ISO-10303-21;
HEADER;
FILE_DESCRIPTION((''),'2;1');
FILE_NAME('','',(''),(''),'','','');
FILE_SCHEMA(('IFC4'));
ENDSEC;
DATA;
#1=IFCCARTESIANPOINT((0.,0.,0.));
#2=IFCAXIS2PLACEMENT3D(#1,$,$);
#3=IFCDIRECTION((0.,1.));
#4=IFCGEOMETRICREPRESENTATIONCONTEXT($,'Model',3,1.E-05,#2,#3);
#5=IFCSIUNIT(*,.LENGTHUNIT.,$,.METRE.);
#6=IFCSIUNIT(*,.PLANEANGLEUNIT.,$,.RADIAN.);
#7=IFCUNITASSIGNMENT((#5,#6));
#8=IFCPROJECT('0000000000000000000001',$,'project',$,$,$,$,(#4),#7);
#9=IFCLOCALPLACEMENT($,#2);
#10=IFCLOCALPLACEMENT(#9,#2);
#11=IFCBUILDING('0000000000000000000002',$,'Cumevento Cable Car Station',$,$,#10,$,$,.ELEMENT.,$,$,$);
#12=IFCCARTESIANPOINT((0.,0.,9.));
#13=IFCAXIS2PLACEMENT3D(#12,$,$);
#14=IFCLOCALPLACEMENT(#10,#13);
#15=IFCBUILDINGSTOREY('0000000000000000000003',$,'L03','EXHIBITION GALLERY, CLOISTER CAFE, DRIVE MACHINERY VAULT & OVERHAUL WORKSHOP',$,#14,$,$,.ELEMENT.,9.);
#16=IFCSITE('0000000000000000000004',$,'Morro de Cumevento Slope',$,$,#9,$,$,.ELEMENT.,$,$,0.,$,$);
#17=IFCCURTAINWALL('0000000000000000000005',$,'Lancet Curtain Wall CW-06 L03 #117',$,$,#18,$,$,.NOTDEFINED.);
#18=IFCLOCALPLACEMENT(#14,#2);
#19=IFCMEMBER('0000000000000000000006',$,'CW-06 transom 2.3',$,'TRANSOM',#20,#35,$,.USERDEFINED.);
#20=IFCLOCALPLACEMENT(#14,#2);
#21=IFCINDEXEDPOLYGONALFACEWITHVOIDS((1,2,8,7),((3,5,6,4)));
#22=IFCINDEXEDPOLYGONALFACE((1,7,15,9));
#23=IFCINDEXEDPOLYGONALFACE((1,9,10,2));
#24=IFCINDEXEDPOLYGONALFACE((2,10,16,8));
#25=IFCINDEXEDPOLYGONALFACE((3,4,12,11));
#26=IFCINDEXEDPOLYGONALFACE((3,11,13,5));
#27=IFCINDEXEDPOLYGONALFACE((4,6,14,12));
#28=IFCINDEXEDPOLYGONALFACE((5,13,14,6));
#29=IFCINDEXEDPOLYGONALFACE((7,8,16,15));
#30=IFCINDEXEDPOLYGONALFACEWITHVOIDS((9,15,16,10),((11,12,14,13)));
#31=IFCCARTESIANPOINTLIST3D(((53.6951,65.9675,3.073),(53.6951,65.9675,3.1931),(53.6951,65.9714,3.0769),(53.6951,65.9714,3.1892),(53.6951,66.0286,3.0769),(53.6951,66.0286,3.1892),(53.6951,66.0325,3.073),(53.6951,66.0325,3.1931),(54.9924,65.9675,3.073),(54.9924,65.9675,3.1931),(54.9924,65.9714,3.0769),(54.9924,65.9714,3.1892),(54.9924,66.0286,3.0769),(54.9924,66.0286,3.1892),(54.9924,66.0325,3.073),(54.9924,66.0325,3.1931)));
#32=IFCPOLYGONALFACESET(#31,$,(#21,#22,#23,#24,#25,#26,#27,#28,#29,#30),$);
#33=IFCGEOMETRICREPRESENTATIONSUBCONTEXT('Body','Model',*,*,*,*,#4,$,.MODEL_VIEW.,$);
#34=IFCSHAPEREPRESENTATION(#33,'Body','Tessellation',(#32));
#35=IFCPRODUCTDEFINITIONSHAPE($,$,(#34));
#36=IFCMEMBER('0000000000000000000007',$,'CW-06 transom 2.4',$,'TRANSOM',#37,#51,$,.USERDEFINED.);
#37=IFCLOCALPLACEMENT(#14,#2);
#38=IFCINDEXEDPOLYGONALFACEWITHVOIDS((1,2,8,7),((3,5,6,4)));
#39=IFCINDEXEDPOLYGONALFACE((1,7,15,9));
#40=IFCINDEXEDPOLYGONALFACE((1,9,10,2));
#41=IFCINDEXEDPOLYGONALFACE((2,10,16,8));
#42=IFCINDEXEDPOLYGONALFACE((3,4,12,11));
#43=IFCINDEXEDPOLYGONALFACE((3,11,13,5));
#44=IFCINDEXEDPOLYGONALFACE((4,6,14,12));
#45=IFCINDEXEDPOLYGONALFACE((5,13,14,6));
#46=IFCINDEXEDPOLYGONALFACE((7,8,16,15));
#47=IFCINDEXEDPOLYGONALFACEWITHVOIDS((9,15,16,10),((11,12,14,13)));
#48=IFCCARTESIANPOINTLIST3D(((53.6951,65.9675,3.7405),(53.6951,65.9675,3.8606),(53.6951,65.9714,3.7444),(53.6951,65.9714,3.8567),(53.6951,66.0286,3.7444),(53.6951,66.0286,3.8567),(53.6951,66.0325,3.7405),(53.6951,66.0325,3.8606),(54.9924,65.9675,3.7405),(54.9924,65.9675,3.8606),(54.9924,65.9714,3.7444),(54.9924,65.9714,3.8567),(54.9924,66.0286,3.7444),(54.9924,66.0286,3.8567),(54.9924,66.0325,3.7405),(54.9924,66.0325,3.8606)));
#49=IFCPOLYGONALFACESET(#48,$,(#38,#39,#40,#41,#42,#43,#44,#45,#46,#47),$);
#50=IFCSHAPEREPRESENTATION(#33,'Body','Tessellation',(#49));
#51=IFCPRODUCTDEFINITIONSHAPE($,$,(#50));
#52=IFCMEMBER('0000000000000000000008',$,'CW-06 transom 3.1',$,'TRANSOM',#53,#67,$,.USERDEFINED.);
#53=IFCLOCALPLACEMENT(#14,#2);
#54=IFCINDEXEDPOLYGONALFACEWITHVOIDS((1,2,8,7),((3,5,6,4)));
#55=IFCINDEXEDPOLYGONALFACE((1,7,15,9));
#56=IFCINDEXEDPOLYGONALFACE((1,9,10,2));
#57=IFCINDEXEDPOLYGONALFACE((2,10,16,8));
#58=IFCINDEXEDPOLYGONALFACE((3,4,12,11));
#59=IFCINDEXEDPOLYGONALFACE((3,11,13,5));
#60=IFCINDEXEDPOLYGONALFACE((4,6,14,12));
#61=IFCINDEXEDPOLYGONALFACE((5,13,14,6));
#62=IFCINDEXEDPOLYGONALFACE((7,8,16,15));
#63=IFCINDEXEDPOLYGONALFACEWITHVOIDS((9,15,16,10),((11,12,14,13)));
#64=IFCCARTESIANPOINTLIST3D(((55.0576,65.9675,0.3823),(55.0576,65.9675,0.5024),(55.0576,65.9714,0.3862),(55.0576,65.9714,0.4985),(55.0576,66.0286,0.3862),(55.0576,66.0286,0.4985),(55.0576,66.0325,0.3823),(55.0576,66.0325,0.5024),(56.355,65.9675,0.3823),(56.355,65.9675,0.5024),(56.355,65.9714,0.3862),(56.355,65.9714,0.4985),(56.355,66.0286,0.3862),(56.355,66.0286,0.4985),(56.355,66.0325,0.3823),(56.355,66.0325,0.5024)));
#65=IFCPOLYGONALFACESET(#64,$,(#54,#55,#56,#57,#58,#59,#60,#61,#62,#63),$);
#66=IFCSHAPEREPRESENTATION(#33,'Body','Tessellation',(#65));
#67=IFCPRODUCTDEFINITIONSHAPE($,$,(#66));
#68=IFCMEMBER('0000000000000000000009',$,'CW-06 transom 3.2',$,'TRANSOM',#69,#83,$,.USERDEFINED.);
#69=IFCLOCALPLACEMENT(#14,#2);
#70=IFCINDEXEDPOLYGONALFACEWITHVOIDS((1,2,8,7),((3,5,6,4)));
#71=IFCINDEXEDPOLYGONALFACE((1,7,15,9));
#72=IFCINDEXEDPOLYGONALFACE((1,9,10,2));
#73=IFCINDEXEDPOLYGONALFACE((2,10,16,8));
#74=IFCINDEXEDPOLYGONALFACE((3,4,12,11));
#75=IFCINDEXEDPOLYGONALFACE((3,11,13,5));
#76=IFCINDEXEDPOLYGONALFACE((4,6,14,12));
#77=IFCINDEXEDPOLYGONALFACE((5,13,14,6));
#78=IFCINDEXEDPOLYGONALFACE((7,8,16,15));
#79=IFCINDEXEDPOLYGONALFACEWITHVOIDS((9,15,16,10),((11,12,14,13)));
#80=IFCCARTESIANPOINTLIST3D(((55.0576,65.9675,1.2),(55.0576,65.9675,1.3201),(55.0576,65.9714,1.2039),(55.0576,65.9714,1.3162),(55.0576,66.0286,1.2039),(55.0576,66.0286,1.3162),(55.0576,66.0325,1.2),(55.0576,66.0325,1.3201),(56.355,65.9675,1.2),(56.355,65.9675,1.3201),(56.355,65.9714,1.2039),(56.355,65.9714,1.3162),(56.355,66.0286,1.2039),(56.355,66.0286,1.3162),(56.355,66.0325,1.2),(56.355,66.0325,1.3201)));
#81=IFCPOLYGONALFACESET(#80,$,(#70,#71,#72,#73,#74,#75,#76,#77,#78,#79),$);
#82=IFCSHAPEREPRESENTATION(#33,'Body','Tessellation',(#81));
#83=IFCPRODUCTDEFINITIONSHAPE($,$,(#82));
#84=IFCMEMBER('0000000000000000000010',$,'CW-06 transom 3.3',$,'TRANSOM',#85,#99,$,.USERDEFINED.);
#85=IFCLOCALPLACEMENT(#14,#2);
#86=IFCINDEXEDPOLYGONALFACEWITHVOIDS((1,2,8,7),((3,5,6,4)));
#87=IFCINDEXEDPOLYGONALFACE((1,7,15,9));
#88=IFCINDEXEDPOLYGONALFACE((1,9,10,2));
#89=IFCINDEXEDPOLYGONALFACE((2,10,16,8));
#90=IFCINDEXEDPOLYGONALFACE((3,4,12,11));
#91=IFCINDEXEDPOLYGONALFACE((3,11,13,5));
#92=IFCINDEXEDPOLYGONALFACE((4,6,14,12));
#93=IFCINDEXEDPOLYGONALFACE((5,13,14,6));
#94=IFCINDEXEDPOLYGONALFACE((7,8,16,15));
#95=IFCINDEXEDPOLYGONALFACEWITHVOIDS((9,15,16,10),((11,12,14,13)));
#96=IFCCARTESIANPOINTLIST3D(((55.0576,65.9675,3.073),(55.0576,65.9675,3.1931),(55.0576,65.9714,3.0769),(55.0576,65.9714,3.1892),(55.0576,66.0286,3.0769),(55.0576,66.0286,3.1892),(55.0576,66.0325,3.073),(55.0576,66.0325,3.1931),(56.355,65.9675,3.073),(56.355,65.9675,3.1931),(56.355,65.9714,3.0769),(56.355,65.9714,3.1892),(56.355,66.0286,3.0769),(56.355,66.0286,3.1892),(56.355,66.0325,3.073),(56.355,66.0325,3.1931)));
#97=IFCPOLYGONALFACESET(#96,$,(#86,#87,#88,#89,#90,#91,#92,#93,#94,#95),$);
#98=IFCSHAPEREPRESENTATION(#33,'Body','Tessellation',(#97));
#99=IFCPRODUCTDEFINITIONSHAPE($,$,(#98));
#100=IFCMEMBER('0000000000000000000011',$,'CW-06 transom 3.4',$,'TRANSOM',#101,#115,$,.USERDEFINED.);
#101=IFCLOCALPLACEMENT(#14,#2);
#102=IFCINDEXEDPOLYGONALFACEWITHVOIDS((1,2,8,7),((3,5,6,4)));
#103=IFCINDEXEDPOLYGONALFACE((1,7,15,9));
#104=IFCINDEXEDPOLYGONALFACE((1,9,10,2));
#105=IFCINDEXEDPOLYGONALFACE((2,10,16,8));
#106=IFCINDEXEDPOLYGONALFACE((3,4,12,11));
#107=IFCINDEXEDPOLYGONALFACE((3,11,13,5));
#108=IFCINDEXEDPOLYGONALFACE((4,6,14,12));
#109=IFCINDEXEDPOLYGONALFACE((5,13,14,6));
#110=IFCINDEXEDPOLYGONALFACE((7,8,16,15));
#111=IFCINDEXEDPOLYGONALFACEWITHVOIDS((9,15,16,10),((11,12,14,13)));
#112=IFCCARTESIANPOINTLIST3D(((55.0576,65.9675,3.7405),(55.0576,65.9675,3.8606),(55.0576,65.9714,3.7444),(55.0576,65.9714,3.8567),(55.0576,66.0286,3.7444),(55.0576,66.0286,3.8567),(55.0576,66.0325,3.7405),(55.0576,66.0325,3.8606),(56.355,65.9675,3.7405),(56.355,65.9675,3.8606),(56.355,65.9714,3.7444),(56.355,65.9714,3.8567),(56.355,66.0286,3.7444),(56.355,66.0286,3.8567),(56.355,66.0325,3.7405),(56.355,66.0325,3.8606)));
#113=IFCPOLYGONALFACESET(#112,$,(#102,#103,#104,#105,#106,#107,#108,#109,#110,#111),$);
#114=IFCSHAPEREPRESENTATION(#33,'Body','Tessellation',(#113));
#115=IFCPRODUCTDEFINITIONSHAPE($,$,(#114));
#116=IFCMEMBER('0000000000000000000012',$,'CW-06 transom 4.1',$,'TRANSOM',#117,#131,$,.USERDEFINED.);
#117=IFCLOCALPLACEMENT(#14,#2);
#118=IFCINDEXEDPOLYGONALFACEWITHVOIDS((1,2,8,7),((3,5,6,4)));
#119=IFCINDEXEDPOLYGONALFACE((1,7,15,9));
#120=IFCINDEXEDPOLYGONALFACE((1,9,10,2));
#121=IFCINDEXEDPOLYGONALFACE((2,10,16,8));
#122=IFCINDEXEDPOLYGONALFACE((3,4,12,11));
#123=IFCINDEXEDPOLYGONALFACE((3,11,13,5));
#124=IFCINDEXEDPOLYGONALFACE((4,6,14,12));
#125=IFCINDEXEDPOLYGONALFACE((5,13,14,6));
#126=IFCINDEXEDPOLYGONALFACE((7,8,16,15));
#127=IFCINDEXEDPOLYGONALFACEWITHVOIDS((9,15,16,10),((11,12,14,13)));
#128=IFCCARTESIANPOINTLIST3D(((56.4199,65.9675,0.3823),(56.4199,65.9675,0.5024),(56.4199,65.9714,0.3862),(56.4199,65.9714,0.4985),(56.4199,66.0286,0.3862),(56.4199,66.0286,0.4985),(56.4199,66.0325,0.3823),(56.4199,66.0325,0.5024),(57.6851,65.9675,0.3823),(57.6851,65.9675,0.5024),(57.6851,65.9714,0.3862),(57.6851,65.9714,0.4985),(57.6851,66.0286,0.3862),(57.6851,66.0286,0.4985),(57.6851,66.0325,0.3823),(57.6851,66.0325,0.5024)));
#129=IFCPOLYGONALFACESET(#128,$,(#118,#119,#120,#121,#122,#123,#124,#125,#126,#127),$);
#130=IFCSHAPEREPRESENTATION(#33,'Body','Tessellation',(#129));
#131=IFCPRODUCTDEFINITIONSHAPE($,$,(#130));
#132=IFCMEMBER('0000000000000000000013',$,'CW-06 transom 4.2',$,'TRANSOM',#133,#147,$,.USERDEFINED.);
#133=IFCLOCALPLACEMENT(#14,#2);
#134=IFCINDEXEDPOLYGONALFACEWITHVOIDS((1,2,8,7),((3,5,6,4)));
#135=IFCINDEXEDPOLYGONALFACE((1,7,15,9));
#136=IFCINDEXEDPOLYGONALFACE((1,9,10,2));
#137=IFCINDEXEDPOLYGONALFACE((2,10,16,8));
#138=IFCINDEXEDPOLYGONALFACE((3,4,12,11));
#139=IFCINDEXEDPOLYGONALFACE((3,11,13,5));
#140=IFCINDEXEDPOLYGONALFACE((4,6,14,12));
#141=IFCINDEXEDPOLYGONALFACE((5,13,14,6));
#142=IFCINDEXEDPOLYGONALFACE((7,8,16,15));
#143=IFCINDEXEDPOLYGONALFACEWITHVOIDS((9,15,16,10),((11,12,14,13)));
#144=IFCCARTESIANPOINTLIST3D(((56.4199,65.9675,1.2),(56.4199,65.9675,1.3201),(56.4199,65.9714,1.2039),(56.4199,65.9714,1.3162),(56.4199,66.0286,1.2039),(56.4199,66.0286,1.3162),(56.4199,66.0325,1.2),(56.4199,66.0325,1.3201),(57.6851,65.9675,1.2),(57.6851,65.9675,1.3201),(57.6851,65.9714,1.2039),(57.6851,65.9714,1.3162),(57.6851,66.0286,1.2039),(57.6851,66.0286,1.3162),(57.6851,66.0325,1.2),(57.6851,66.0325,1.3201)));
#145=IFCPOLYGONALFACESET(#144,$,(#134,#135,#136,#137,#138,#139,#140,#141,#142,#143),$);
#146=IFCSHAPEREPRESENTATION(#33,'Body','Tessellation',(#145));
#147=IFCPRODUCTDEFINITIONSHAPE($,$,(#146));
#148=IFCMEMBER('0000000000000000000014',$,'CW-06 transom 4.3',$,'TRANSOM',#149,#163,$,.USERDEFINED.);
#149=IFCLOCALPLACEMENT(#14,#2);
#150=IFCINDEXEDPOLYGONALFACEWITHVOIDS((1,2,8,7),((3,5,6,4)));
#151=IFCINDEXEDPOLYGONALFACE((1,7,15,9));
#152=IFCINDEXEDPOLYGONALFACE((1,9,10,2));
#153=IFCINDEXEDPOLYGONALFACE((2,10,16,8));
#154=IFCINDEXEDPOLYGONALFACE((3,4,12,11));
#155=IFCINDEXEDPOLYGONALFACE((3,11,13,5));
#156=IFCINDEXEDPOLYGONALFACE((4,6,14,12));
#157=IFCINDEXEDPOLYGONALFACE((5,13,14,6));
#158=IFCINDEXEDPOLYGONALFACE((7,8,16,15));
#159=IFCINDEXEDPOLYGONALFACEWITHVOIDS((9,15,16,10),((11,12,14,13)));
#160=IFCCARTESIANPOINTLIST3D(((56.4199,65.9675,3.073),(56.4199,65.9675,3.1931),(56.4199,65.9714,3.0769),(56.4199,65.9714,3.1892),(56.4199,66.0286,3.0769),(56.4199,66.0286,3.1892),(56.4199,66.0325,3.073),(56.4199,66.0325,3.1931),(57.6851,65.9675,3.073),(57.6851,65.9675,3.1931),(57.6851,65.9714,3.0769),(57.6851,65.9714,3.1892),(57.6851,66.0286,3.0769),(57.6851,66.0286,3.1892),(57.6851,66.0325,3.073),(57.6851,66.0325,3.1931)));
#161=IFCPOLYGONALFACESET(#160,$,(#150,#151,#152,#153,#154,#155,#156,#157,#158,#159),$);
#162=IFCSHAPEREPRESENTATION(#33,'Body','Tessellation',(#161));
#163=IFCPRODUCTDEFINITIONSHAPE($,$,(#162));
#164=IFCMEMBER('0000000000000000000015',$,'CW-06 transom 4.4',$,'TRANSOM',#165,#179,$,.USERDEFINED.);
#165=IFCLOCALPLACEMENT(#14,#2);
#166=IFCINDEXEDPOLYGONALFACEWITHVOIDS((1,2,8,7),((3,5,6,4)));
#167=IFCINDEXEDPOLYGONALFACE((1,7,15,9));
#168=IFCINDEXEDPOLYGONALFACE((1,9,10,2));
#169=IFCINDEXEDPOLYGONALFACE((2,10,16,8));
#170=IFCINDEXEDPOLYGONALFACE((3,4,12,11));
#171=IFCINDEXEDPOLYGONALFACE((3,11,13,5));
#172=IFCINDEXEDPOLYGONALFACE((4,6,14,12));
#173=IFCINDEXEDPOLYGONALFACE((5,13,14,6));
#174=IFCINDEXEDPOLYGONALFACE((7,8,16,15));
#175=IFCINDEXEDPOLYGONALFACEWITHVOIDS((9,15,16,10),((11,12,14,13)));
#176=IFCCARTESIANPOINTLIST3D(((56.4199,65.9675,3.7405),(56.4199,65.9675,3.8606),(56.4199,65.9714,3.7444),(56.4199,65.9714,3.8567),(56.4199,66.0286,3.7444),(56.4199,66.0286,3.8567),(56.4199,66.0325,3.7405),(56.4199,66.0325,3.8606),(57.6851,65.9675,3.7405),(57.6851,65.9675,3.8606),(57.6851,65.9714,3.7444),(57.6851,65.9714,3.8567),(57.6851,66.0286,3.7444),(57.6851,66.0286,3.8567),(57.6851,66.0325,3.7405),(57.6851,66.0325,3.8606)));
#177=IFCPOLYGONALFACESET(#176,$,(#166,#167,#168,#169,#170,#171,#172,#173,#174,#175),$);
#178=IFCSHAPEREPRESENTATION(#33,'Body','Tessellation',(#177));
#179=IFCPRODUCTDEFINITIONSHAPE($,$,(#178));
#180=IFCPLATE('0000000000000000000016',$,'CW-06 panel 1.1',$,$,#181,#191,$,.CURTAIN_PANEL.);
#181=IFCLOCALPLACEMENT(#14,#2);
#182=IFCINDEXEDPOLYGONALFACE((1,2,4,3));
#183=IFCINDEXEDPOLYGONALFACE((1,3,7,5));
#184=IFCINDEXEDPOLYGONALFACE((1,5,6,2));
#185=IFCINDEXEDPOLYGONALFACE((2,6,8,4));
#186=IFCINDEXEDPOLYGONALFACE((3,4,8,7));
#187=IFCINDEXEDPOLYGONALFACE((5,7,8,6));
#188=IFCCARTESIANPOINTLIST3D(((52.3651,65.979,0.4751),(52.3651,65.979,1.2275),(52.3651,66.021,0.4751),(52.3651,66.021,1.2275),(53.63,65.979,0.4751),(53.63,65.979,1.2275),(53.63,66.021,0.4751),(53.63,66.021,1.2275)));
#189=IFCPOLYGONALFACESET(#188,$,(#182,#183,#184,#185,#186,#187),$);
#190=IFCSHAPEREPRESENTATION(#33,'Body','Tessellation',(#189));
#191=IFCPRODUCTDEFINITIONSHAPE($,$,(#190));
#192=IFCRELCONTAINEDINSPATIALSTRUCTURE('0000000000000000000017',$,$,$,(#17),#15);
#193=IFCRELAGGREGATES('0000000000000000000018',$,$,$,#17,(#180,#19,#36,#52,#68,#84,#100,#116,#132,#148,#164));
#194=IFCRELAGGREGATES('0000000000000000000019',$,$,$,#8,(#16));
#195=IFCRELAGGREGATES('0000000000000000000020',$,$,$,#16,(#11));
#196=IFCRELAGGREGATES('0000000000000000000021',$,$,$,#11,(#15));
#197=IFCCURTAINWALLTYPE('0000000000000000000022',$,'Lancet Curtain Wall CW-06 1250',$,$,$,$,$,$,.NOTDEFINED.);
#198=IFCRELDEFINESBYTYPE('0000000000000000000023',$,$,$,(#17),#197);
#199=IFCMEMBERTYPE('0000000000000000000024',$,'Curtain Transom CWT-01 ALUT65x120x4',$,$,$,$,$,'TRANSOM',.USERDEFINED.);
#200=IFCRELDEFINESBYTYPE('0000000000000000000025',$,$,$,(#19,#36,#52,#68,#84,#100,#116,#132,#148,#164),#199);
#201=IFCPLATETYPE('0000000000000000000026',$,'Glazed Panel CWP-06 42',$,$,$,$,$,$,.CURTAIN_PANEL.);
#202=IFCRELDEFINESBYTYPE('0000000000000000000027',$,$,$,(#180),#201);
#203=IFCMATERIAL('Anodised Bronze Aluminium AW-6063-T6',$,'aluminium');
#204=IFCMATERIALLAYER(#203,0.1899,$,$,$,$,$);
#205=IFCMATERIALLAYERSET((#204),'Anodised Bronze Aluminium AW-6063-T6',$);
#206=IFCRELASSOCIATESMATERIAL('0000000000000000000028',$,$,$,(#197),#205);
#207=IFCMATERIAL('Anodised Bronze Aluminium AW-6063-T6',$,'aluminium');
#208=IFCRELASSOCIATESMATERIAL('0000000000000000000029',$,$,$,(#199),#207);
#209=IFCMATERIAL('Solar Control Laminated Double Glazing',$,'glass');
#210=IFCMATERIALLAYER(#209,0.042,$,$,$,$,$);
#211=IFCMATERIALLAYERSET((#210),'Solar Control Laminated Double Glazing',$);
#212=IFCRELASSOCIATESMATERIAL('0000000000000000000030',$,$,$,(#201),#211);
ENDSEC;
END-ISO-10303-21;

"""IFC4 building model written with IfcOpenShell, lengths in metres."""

from ifc_helpers import new_model, si_unit, direction, frame, origin, origin_2d, place, context, subcontext, project, spatial, rectangle, hollow_rectangle, extrude, material, layer, layer_set, material_profile, profile_set, type_object, element, aggregate, save


model = new_model("IFC4")

# Units and contexts
model_context = context("Model", 3, precision=1e-05, world=origin(), true_north=direction((0.0, 1.0)))
body_context = subcontext(model_context, "Body", "Model", "MODEL_VIEW")
ifc_project = project(units=[si_unit("LENGTHUNIT", "METRE"), si_unit("PLANEANGLEUNIT", "RADIAN")], contexts=[model_context])

# Site, building, storey
site_placement = place(None, origin())
site = spatial("IfcSite", under=ifc_project, at=site_placement, Name="Morro de Cumevento Slope", CompositionType="ELEMENT", RefElevation=0.0)
building_placement = place(site_placement, origin())
building = spatial("IfcBuilding", under=site, at=building_placement, Name="Cumevento Cable Car Station", CompositionType="ELEMENT")
storey_placement = place(building_placement, frame((0.0, 0.0, 9.0)))
storey = spatial("IfcBuildingStorey", under=building, at=storey_placement, Name="L03", Description="EXHIBITION GALLERY, CLOISTER CAFE, DRIVE MACHINERY VAULT & OVERHAUL WORKSHOP", CompositionType="ELEMENT", Elevation=9.0)

# Curtain wall, members, plate
ifc_material_1 = material(Name="Anodised Bronze Aluminium AW-6063-T6", Category="aluminium")
ifc_layer_1 = layer(ifc_material_1, 0.1899)
ifc_layer_set_1 = layer_set([ifc_layer_1], Name="Anodised Bronze Aluminium AW-6063-T6")
curtain_wall_type = type_object("IfcCurtainWallType", Name="Lancet Curtain Wall CW-06 1250", PredefinedType="NOTDEFINED", material=ifc_layer_set_1)
curtain_wall_placement = place(storey_placement, origin())
curtain_wall = element("IfcCurtainWall", 1, at=curtain_wall_placement, inside=storey, type_object=curtain_wall_type, Name="Lancet Curtain Wall CW-06 L03 #117", PredefinedType="NOTDEFINED")
ifc_material_2 = material(Name="Anodised Bronze Aluminium AW-6063-T6", Category="aluminium")
ifc_material_profile_1 = material_profile(ifc_material_2, hollow_rectangle(XDim=0.0649, YDim=0.1201, WallThickness=0.0039, at=origin_2d()), Name="ALUT65x120x4")
ifc_profile_set_1 = profile_set([ifc_material_profile_1], Name="Anodised Bronze Aluminium AW-6063-T6")
member_type_1 = type_object("IfcMemberType", Name="Curtain Transom CWT-01 ALUT65x120x4", ElementType="TRANSOM", PredefinedType="USERDEFINED", material=ifc_profile_set_1)
member_1_placement = place(storey_placement, frame((53.6951, 66.0, 3.1331), z_axis=(1.0, 0.0, 0.0), x_axis=(0.0, 1.0, 0.0)))
member_1 = element("IfcMember", 2, at=member_1_placement, type_object=member_type_1, Name="CW-06 transom 2.3", ObjectType="TRANSOM", PredefinedType="USERDEFINED", context=body_context, shape_type="SweptSolid", body=[
    extrude(hollow_rectangle(XDim=0.0649, YDim=0.1201, WallThickness=0.0039, at=origin_2d()), origin(), (0.0, 0.0, 1.0), 1.2974),
])
member_2_placement = place(storey_placement, frame((53.6951, 66.0, 3.8005), z_axis=(1.0, 0.0, 0.0), x_axis=(0.0, 1.0, 0.0)))
member_2 = element("IfcMember", 3, at=member_2_placement, type_object=member_type_1, Name="CW-06 transom 2.4", ObjectType="TRANSOM", PredefinedType="USERDEFINED", context=body_context, shape_type="SweptSolid", body=[
    extrude(hollow_rectangle(XDim=0.0649, YDim=0.1201, WallThickness=0.0039, at=origin_2d()), origin(), (0.0, 0.0, 1.0), 1.2974),
])
member_3_placement = place(storey_placement, frame((55.0576, 66.0, 0.4424), z_axis=(1.0, 0.0, 0.0), x_axis=(0.0, 1.0, 0.0)))
member_3 = element("IfcMember", 4, at=member_3_placement, type_object=member_type_1, Name="CW-06 transom 3.1", ObjectType="TRANSOM", PredefinedType="USERDEFINED", context=body_context, shape_type="SweptSolid", body=[
    extrude(hollow_rectangle(XDim=0.0649, YDim=0.1201, WallThickness=0.0039, at=origin_2d()), origin(), (0.0, 0.0, 1.0), 1.2974),
])
member_4_placement = place(storey_placement, frame((55.0576, 66.0, 1.26), z_axis=(1.0, 0.0, 0.0), x_axis=(0.0, 1.0, 0.0)))
member_4 = element("IfcMember", 5, at=member_4_placement, type_object=member_type_1, Name="CW-06 transom 3.2", ObjectType="TRANSOM", PredefinedType="USERDEFINED", context=body_context, shape_type="SweptSolid", body=[
    extrude(hollow_rectangle(XDim=0.0649, YDim=0.1201, WallThickness=0.0039, at=origin_2d()), origin(), (0.0, 0.0, 1.0), 1.2974),
])
member_5_placement = place(storey_placement, frame((55.0576, 66.0, 3.1331), z_axis=(1.0, 0.0, 0.0), x_axis=(0.0, 1.0, 0.0)))
member_5 = element("IfcMember", 6, at=member_5_placement, type_object=member_type_1, Name="CW-06 transom 3.3", ObjectType="TRANSOM", PredefinedType="USERDEFINED", context=body_context, shape_type="SweptSolid", body=[
    extrude(hollow_rectangle(XDim=0.0649, YDim=0.1201, WallThickness=0.0039, at=origin_2d()), origin(), (0.0, 0.0, 1.0), 1.2974),
])
member_6_placement = place(storey_placement, frame((55.0576, 66.0, 3.8005), z_axis=(1.0, 0.0, 0.0), x_axis=(0.0, 1.0, 0.0)))
member_6 = element("IfcMember", 7, at=member_6_placement, type_object=member_type_1, Name="CW-06 transom 3.4", ObjectType="TRANSOM", PredefinedType="USERDEFINED", context=body_context, shape_type="SweptSolid", body=[
    extrude(hollow_rectangle(XDim=0.0649, YDim=0.1201, WallThickness=0.0039, at=origin_2d()), origin(), (0.0, 0.0, 1.0), 1.2974),
])
member_7_placement = place(storey_placement, frame((56.4199, 66.0, 0.4424), z_axis=(1.0, 0.0, 0.0), x_axis=(0.0, 1.0, 0.0)))
member_7 = element("IfcMember", 8, at=member_7_placement, type_object=member_type_1, Name="CW-06 transom 4.1", ObjectType="TRANSOM", PredefinedType="USERDEFINED", context=body_context, shape_type="SweptSolid", body=[
    extrude(hollow_rectangle(XDim=0.0649, YDim=0.1201, WallThickness=0.0039, at=origin_2d()), origin(), (0.0, 0.0, 1.0), 1.2651),
])
member_8_placement = place(storey_placement, frame((56.4199, 66.0, 1.26), z_axis=(1.0, 0.0, 0.0), x_axis=(0.0, 1.0, 0.0)))
member_8 = element("IfcMember", 9, at=member_8_placement, type_object=member_type_1, Name="CW-06 transom 4.2", ObjectType="TRANSOM", PredefinedType="USERDEFINED", context=body_context, shape_type="SweptSolid", body=[
    extrude(hollow_rectangle(XDim=0.0649, YDim=0.1201, WallThickness=0.0039, at=origin_2d()), origin(), (0.0, 0.0, 1.0), 1.2651),
])
member_9_placement = place(storey_placement, frame((56.4199, 66.0, 3.1331), z_axis=(1.0, 0.0, 0.0), x_axis=(0.0, 1.0, 0.0)))
member_9 = element("IfcMember", 10, at=member_9_placement, type_object=member_type_1, Name="CW-06 transom 4.3", ObjectType="TRANSOM", PredefinedType="USERDEFINED", context=body_context, shape_type="SweptSolid", body=[
    extrude(hollow_rectangle(XDim=0.0649, YDim=0.1201, WallThickness=0.0039, at=origin_2d()), origin(), (0.0, 0.0, 1.0), 1.2651),
])
member_10_placement = place(storey_placement, frame((56.4199, 66.0, 3.8005), z_axis=(1.0, 0.0, 0.0), x_axis=(0.0, 1.0, 0.0)))
member_10 = element("IfcMember", 11, at=member_10_placement, type_object=member_type_1, Name="CW-06 transom 4.4", ObjectType="TRANSOM", PredefinedType="USERDEFINED", context=body_context, shape_type="SweptSolid", body=[
    extrude(hollow_rectangle(XDim=0.0649, YDim=0.1201, WallThickness=0.0039, at=origin_2d()), origin(), (0.0, 0.0, 1.0), 1.2651),
])
ifc_material_3 = material(Name="Solar Control Laminated Double Glazing", Category="glass")
ifc_layer_2 = layer(ifc_material_3, 0.042)
ifc_layer_set_2 = layer_set([ifc_layer_2], Name="Solar Control Laminated Double Glazing")
plate_type = type_object("IfcPlateType", Name="Glazed Panel CWP-06 42", PredefinedType="CURTAIN_PANEL", material=ifc_layer_set_2)
plate_1_placement = place(storey_placement, frame((52.9976, 66.0, 0.4751), z_axis=(0.0, 0.0, 1.0), x_axis=(1.0, 0.0, 0.0)))
plate_1 = element("IfcPlate", 12, at=plate_1_placement, type_object=plate_type, Name="CW-06 panel 1.1", PredefinedType="CURTAIN_PANEL", context=body_context, shape_type="SweptSolid", body=[
    extrude(rectangle(XDim=1.2649, YDim=0.042, at=origin_2d()), origin(), (0.0, 0.0, 1.0), 0.7524),
])
aggregate(curtain_wall, [plate_1, member_1, member_2, member_3, member_4, member_5, member_6, member_7, member_8, member_9, member_10])

save(model, "model.ifc")
